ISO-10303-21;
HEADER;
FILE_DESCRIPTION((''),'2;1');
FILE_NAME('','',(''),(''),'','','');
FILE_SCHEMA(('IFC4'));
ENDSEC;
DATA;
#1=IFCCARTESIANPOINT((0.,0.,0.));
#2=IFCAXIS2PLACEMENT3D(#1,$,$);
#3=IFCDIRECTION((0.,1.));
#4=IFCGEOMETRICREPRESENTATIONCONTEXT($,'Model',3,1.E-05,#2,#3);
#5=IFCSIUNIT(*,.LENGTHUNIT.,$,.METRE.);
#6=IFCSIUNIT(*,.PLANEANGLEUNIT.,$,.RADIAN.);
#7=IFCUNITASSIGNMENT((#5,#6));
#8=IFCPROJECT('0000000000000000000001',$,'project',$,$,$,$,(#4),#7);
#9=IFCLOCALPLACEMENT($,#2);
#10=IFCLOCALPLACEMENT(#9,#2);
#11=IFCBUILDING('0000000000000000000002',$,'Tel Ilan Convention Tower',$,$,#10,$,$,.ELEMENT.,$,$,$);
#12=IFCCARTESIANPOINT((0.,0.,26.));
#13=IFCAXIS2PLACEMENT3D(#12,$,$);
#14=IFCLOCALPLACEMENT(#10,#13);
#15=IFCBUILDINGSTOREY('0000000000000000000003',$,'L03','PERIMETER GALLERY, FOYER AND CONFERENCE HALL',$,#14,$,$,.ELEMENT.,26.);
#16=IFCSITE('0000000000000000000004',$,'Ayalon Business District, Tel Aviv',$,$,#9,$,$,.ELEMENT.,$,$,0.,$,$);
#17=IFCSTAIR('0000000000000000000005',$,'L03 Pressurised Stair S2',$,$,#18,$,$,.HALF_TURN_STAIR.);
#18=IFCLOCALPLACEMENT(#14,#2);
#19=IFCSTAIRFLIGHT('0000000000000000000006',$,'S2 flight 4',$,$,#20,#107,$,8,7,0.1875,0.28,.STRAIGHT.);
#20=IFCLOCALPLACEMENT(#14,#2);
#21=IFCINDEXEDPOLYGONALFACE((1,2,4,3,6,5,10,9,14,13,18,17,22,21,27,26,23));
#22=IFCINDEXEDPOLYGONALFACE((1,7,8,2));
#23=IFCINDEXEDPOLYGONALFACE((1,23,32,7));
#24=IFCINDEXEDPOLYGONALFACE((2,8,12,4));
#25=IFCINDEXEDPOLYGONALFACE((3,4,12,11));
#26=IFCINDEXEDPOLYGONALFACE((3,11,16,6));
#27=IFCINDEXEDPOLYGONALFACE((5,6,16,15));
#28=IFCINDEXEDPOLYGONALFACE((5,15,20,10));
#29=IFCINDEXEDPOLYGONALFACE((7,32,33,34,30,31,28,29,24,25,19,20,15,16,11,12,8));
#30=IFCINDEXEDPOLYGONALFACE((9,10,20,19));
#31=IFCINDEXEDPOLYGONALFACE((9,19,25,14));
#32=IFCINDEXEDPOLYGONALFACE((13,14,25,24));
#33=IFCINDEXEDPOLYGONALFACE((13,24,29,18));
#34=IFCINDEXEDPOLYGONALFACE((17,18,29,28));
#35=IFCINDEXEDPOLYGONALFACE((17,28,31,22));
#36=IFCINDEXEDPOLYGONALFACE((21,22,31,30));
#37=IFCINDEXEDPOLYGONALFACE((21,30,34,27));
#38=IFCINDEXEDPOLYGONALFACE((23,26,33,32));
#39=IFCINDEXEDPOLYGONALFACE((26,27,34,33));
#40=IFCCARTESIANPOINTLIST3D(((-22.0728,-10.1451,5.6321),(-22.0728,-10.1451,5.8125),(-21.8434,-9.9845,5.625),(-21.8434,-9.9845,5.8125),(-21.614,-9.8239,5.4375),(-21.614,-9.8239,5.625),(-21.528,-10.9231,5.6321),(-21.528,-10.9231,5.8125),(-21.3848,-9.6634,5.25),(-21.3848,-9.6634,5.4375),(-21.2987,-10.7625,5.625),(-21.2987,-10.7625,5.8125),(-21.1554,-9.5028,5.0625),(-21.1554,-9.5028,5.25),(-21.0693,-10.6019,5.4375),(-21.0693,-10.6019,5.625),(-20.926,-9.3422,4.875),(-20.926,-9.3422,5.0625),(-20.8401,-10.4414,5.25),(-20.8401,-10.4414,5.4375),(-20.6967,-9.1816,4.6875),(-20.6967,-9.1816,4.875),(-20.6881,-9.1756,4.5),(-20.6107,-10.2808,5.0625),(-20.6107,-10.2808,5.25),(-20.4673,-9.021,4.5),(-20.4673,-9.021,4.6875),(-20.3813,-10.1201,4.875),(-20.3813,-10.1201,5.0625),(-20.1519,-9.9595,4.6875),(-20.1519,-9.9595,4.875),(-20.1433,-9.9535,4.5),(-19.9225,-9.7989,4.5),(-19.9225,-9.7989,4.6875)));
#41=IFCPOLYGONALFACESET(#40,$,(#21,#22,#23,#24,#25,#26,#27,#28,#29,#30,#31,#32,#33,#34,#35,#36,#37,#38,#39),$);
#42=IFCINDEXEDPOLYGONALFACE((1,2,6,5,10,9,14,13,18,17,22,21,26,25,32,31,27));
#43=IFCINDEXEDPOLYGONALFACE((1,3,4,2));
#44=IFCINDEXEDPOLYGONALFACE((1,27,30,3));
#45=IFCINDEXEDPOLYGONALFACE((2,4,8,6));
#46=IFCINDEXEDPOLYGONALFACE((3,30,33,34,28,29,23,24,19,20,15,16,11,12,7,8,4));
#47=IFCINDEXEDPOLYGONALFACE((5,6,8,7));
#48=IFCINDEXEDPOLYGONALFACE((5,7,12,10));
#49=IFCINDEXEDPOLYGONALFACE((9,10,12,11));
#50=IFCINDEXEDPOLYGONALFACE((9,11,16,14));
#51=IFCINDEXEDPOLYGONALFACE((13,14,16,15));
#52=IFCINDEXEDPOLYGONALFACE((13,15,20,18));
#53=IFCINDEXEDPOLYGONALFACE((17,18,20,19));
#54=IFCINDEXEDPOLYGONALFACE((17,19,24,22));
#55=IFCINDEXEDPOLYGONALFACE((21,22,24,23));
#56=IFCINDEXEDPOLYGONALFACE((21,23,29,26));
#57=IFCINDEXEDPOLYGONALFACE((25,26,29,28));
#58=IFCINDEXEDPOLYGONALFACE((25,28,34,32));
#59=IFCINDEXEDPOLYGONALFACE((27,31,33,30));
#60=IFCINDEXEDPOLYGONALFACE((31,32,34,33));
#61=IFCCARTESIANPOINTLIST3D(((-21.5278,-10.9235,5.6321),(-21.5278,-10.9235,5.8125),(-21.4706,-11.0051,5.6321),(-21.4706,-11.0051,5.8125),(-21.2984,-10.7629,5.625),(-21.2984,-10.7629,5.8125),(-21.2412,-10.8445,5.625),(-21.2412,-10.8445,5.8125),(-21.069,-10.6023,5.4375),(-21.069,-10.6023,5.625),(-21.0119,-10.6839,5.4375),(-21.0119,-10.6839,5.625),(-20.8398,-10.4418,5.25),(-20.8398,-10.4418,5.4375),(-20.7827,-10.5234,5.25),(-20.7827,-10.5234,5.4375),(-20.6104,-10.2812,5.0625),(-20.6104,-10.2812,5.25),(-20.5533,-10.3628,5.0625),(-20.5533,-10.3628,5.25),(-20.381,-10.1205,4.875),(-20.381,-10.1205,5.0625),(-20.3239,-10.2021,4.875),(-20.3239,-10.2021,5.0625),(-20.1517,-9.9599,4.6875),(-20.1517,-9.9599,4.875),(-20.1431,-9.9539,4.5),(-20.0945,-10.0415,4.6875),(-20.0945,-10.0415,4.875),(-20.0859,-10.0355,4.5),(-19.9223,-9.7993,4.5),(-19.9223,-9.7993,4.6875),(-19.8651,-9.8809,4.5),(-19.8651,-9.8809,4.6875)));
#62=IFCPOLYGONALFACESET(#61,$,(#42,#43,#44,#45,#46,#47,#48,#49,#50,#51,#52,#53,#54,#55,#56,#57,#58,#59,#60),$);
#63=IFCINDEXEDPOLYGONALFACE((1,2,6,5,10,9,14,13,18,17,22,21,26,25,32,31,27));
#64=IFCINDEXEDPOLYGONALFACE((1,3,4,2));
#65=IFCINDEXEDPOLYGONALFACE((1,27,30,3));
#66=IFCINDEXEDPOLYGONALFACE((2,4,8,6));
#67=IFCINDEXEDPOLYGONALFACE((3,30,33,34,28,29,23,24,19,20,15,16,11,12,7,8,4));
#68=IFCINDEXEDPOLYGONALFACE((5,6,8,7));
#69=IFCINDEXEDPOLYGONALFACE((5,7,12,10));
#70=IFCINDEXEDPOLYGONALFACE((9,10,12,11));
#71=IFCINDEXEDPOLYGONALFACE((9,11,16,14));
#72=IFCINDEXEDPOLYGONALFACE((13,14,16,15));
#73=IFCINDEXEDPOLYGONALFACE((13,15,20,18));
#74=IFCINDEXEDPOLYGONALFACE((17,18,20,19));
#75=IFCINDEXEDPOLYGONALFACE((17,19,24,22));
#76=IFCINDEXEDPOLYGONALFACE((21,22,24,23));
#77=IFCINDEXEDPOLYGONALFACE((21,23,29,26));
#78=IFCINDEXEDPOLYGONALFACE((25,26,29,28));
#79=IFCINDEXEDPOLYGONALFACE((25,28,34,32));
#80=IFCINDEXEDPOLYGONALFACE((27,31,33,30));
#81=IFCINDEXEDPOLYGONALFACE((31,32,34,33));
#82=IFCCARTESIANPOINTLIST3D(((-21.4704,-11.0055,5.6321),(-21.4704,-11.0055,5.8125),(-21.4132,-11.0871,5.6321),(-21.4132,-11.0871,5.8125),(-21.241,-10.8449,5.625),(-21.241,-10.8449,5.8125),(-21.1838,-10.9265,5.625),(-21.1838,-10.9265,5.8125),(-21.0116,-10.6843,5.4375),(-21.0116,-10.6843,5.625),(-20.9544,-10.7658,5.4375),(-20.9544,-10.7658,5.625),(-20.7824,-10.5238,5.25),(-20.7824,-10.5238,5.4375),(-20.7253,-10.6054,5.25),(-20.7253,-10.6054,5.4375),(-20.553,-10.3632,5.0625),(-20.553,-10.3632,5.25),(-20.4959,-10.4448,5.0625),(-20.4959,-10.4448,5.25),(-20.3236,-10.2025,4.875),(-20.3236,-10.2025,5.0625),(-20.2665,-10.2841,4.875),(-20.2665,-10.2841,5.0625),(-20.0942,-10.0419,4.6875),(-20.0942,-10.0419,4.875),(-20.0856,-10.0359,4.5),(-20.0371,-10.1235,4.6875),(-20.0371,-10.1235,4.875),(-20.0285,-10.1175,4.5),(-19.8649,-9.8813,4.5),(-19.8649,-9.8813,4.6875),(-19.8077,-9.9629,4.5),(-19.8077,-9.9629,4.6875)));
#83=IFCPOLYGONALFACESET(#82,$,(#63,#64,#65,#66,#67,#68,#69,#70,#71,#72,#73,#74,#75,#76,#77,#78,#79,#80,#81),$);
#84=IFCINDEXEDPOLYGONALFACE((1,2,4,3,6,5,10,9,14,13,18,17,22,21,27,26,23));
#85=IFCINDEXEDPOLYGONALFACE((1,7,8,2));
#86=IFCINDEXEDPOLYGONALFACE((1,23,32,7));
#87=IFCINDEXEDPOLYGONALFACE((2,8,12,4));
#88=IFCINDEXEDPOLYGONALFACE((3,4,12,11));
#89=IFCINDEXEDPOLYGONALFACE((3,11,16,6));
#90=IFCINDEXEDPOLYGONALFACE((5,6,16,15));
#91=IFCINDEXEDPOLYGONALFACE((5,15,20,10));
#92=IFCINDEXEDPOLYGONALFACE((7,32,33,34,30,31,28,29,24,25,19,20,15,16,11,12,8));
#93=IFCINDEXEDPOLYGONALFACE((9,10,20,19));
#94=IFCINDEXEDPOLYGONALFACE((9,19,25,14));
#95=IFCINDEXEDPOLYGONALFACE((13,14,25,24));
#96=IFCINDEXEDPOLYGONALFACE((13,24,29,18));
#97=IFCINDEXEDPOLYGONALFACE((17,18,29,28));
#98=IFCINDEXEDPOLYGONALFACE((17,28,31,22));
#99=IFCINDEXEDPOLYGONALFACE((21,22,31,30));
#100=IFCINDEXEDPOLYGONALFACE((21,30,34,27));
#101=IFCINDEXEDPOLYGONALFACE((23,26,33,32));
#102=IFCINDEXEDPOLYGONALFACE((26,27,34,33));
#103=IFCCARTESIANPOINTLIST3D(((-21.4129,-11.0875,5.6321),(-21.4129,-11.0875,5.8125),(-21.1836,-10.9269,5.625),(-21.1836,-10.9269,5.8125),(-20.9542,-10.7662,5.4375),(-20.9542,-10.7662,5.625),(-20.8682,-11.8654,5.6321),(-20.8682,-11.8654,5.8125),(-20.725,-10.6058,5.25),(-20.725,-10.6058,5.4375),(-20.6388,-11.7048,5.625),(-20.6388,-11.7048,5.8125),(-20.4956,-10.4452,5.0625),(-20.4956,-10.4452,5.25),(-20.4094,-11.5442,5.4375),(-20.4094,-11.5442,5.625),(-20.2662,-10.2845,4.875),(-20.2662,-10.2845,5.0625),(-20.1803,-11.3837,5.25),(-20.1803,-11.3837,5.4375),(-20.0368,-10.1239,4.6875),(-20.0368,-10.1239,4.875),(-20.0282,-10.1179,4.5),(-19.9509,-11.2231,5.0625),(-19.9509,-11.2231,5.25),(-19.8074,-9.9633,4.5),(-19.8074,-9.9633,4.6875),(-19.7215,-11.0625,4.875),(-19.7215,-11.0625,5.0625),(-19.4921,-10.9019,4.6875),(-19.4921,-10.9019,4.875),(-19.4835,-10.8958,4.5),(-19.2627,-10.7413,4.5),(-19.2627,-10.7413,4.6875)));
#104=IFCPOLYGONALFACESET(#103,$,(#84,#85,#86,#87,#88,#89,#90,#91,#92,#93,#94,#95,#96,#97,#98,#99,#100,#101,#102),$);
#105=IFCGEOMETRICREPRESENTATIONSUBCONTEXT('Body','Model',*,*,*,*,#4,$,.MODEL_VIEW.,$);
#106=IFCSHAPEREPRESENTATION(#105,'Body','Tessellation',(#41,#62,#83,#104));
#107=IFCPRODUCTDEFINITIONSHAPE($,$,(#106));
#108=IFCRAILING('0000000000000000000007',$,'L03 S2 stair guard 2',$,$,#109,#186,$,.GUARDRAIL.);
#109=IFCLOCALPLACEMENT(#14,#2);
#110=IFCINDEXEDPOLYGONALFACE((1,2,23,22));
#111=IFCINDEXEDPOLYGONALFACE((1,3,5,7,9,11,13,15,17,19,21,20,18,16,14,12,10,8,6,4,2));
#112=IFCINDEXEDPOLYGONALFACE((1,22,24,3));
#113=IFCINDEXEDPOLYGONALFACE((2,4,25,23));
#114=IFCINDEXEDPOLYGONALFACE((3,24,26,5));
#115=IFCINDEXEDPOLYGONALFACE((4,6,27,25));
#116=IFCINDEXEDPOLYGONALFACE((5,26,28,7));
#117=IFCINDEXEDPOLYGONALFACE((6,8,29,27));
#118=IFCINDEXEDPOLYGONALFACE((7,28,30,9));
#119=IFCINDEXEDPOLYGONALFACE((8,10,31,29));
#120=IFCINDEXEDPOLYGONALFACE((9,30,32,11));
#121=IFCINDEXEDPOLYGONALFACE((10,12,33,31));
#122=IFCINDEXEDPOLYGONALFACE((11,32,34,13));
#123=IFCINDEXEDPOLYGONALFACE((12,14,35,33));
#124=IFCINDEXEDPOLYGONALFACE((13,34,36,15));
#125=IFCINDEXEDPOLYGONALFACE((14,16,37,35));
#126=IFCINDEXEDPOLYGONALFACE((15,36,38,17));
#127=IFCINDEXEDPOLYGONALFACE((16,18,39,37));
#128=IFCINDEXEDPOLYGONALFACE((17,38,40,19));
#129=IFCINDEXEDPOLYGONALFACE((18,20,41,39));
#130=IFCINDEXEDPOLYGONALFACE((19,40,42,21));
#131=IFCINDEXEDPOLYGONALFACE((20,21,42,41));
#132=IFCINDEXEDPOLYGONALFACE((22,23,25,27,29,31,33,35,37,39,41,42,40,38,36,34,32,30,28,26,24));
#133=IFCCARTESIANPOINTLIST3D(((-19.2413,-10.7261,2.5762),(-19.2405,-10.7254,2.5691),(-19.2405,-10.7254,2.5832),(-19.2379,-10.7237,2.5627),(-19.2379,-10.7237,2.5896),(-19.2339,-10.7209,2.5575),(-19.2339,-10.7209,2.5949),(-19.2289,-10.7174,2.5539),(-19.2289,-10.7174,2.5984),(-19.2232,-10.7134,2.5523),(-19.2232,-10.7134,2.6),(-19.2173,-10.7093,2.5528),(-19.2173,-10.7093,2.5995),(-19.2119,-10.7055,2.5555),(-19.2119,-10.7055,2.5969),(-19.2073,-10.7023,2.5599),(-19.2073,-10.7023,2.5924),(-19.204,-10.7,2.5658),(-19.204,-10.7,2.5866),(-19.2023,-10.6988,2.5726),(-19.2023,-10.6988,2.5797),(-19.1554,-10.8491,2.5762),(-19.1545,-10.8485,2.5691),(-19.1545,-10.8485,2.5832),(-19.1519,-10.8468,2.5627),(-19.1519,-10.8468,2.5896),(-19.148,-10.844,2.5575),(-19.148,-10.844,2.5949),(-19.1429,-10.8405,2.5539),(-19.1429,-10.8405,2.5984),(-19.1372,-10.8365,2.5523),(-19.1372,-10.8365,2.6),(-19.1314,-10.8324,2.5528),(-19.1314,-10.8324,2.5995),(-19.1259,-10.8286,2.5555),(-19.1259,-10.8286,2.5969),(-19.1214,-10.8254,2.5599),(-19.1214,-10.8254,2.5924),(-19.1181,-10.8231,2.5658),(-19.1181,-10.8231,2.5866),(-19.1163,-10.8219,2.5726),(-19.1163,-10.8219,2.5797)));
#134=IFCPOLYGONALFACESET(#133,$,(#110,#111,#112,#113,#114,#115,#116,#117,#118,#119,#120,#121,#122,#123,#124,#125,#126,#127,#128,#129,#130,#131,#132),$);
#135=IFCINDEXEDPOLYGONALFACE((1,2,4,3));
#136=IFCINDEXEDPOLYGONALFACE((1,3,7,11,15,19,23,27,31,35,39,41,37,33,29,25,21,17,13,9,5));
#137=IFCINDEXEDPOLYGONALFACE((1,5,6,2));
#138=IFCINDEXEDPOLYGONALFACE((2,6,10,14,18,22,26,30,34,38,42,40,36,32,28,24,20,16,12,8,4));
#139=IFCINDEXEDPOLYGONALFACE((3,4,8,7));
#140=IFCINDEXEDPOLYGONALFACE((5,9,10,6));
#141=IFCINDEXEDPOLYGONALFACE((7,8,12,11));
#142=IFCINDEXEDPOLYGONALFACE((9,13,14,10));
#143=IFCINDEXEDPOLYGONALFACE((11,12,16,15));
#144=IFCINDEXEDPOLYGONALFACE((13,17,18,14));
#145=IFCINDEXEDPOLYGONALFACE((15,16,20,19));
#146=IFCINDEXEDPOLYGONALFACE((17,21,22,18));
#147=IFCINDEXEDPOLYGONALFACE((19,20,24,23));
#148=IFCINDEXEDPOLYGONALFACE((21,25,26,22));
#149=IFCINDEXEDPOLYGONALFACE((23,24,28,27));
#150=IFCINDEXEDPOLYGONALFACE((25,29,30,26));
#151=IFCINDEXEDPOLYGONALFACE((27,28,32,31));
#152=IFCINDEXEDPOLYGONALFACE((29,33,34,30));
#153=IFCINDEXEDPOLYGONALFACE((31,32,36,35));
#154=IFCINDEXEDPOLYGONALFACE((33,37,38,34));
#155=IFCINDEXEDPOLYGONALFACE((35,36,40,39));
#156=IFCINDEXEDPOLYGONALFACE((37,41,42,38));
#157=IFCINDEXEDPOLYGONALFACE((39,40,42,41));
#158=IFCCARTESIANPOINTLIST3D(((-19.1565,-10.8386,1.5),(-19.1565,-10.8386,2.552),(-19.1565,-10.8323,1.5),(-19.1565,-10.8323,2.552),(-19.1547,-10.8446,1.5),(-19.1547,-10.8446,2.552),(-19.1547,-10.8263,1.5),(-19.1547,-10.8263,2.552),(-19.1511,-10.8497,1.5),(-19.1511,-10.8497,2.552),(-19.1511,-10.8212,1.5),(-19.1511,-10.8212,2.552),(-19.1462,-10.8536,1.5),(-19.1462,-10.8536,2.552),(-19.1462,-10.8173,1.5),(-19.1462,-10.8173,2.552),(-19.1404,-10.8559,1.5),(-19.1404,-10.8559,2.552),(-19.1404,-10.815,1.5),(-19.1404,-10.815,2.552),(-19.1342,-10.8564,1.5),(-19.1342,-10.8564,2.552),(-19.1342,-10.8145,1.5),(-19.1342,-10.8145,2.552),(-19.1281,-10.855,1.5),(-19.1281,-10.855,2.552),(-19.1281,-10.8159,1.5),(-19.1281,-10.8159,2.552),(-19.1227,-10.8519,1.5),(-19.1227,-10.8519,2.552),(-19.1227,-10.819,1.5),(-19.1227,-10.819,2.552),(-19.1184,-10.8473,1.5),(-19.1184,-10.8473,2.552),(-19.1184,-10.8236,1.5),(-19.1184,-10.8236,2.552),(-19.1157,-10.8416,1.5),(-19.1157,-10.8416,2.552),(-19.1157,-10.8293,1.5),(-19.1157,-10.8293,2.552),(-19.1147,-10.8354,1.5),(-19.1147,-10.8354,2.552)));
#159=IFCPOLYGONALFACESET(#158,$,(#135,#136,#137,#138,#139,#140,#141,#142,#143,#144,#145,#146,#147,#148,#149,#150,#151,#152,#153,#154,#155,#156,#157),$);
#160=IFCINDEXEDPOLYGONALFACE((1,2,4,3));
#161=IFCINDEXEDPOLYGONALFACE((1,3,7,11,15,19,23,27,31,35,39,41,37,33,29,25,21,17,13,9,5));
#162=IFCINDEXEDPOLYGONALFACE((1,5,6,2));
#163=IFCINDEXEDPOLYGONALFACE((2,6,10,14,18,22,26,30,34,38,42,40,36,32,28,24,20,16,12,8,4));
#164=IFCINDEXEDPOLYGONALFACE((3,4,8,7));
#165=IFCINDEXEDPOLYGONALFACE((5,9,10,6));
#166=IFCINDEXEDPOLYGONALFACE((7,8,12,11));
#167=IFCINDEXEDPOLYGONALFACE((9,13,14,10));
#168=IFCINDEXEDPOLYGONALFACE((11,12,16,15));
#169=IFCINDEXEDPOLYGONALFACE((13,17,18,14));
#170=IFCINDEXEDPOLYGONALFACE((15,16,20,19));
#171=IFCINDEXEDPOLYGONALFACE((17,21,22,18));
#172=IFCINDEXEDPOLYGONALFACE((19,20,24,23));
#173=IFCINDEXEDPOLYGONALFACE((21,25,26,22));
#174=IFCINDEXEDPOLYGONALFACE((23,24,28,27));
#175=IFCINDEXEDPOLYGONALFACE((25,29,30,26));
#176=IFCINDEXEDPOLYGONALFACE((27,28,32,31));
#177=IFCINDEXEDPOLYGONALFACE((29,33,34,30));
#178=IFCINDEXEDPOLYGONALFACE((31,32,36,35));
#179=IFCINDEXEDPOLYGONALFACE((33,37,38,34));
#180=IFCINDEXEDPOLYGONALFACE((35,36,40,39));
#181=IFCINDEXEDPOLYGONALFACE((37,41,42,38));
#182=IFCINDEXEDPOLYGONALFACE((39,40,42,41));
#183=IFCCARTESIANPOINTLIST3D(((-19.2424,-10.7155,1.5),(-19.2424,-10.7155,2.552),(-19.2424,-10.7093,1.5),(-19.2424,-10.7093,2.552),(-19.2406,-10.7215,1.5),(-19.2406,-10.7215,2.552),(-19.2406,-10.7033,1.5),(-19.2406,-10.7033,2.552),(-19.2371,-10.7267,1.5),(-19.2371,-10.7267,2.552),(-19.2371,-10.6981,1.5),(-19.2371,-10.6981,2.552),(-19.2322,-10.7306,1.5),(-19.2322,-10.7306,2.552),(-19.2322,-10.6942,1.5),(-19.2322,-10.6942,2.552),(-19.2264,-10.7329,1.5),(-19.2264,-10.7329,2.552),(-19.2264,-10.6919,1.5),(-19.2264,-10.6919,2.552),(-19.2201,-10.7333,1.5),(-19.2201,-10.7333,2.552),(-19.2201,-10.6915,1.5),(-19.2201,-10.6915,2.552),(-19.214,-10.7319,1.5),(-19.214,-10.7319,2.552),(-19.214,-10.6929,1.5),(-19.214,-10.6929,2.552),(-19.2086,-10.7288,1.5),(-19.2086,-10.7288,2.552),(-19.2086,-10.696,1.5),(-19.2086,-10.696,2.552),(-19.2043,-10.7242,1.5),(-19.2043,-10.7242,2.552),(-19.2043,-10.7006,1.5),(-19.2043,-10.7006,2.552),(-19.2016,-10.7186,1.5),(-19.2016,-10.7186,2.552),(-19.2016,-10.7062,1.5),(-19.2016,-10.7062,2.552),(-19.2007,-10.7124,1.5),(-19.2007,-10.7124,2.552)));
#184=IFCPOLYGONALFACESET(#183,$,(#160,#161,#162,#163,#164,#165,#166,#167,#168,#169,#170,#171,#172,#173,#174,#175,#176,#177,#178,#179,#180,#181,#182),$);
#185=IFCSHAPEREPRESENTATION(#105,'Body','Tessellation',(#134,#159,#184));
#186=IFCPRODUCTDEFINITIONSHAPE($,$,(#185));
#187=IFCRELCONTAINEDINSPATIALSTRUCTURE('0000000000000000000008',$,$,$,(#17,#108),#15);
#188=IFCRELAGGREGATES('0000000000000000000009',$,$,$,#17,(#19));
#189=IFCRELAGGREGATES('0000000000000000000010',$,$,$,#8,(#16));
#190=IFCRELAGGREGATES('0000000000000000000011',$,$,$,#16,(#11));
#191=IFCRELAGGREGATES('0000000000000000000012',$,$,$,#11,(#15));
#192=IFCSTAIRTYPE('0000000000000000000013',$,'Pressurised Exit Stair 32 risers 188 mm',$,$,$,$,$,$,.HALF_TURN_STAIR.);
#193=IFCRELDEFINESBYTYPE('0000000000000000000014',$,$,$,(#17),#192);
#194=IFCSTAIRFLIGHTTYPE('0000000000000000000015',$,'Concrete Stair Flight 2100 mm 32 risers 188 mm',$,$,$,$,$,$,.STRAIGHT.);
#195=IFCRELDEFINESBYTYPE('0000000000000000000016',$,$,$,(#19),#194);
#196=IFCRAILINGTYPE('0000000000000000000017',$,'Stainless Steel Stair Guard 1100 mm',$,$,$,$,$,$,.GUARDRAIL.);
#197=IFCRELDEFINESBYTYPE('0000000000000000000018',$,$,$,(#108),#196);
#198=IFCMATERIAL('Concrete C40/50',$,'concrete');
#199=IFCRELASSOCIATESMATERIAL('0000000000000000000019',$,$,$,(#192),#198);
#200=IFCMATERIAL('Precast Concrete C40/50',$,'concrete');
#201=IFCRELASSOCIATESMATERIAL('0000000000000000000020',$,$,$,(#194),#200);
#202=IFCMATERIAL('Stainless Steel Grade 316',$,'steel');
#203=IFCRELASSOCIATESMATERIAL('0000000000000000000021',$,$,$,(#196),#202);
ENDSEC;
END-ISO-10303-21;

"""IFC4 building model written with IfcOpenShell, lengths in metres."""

from ifc_helpers import new_model, si_unit, direction, frame, origin, origin_2d, place, context, subcontext, project, spatial, polyline, circle, outline, extrude, material, type_object, element, aggregate, save


model = new_model("IFC4")

# Units and contexts
model_context = context("Model", 3, precision=1e-05, world=origin(), true_north=direction((0.0, 1.0)))
body_context = subcontext(model_context, "Body", "Model", "MODEL_VIEW")
ifc_project = project(units=[si_unit("LENGTHUNIT", "METRE"), si_unit("PLANEANGLEUNIT", "RADIAN")], contexts=[model_context])

# Site, building, storey
site_placement = place(None, origin())
site = spatial("IfcSite", under=ifc_project, at=site_placement, Name="Ayalon Business District, Tel Aviv", CompositionType="ELEMENT", RefElevation=0.0)
building_placement = place(site_placement, origin())
building = spatial("IfcBuilding", under=site, at=building_placement, Name="Tel Ilan Convention Tower", CompositionType="ELEMENT")
storey_placement = place(building_placement, frame((0.0, 0.0, 26.0)))
storey = spatial("IfcBuildingStorey", under=building, at=storey_placement, Name="L03", Description="PERIMETER GALLERY, FOYER AND CONFERENCE HALL", CompositionType="ELEMENT", Elevation=26.0)

# Stair, stair flight
ifc_material_1 = material(Name="Concrete C40/50", Category="concrete")
stair_type = type_object("IfcStairType", Name="Pressurised Exit Stair 32 risers 188 mm", PredefinedType="HALF_TURN_STAIR", material=ifc_material_1)
stair_placement = place(storey_placement, origin())
stair = element("IfcStair", 1, at=stair_placement, inside=storey, type_object=stair_type, Name="L03 Pressurised Stair S2", PredefinedType="HALF_TURN_STAIR")
ifc_material_2 = material(Name="Precast Concrete C40/50", Category="concrete")
stair_flight_type = type_object("IfcStairFlightType", Name="Concrete Stair Flight 2100 mm 32 risers 188 mm", PredefinedType="STRAIGHT", material=ifc_material_2)
stair_flight_1_placement = place(storey_placement, frame((-19.865, -9.8811, 4.5), z_axis=(0.0, 0.0, 1.0), x_axis=(-0.819152, -0.573576, 0.0)))
stair_flight_1 = element("IfcStairFlight", 2, at=stair_flight_1_placement, type_object=stair_flight_type, Name="S2 flight 4", NumberOfRisers=8, NumberOfTreads=7, PredefinedType="STRAIGHT", RiserHeight=0.1875, TreadLength=0.28, context=body_context, shape_type="SweptSolid", body=[
    extrude(outline(polyline([(0.0, 0.0), (0.0, 0.1875), (0.28, 0.1875), (0.28, 0.375), (0.5601, 0.375), (0.5601, 0.5625), (0.8401, 0.5625), (0.8401, 0.75), (1.1201, 0.75), (1.1201, 0.9375), (1.3999, 0.9375), (1.3999, 1.125), (1.6799, 1.125), (1.6799, 1.3125), (1.96, 1.3125), (1.96, 1.5), (1.96, 1.1321), (0.2695, 0.0), (0.0, 0.0)])), frame((0.0, -0.1003, 0.0), z_axis=(0.0, -1.0, 0.0), x_axis=(1.0, 0.0, 0.0)), (0.0, 0.0, 1.0), 0.9497),
    extrude(outline(polyline([(0.0, 0.0), (0.0, 0.1875), (0.28, 0.1875), (0.28, 0.375), (0.5601, 0.375), (0.5601, 0.5625), (0.8401, 0.5625), (0.8401, 0.75), (1.1201, 0.75), (1.1201, 0.9375), (1.3999, 0.9375), (1.3999, 1.125), (1.6799, 1.125), (1.6799, 1.3125), (1.96, 1.3125), (1.96, 1.5), (1.96, 1.1321), (0.2695, 0.0), (0.0, 0.0)])), frame((0.0, -0.0002, 0.0), z_axis=(0.0, -1.0, 0.0), x_axis=(1.0, 0.0, 0.0)), (0.0, 0.0, 1.0), 0.0996),
    extrude(outline(polyline([(0.0, 0.0), (0.0, 0.1875), (0.28, 0.1875), (0.28, 0.375), (0.5601, 0.375), (0.5601, 0.5625), (0.8401, 0.5625), (0.8401, 0.75), (1.1201, 0.75), (1.1201, 0.9375), (1.3999, 0.9375), (1.3999, 1.125), (1.6799, 1.125), (1.6799, 1.3125), (1.96, 1.3125), (1.96, 1.5), (1.96, 1.1321), (0.2695, 0.0), (0.0, 0.0)])), frame((0.0, 0.0999, 0.0), z_axis=(0.0, -1.0, 0.0), x_axis=(1.0, 0.0, 0.0)), (0.0, 0.0, 1.0), 0.0996),
    extrude(outline(polyline([(0.0, 0.0), (0.0, 0.1875), (0.28, 0.1875), (0.28, 0.375), (0.5601, 0.375), (0.5601, 0.5625), (0.8401, 0.5625), (0.8401, 0.75), (1.1201, 0.75), (1.1201, 0.9375), (1.3999, 0.9375), (1.3999, 1.125), (1.6799, 1.125), (1.6799, 1.3125), (1.96, 1.3125), (1.96, 1.5), (1.96, 1.1321), (0.2695, 0.0), (0.0, 0.0)])), frame((0.0, 1.05, 0.0), z_axis=(0.0, -1.0, 0.0), x_axis=(1.0, 0.0, 0.0)), (0.0, 0.0, 1.0), 0.9497),
])
aggregate(stair, [stair_flight_1])

# Railing
ifc_material_3 = material(Name="Stainless Steel Grade 316", Category="steel")
railing_type_1 = type_object("IfcRailingType", Name="Stainless Steel Stair Guard 1100 mm", PredefinedType="GUARDRAIL", material=ifc_material_3)
railing_1_placement = place(storey_placement, frame((-19.1357, -10.8354, 1.5)))
element("IfcRailing", 3, at=railing_1_placement, inside=storey, type_object=railing_type_1, Name="L03 S2 stair guard 2", PredefinedType="GUARDRAIL", context=body_context, shape_type="SweptSolid", body=[
    extrude(circle(Radius=0.0239, at=origin_2d()), frame((0.0, 0.0, 1.0762), z_axis=(-0.572589, 0.819843, 0.0), x_axis=(-0.819843, -0.572589, 0.0)), (0.0, 0.0, 1.0), 0.1501),
    extrude(circle(Radius=0.021, at=origin_2d()), origin(), (0.0, 0.0, 1.0), 1.052),
    extrude(circle(Radius=0.021, at=origin_2d()), frame((-0.0859, 0.123, 0.0)), (0.0, 0.0, 1.0), 1.052),
])

save(model, "model.ifc")
